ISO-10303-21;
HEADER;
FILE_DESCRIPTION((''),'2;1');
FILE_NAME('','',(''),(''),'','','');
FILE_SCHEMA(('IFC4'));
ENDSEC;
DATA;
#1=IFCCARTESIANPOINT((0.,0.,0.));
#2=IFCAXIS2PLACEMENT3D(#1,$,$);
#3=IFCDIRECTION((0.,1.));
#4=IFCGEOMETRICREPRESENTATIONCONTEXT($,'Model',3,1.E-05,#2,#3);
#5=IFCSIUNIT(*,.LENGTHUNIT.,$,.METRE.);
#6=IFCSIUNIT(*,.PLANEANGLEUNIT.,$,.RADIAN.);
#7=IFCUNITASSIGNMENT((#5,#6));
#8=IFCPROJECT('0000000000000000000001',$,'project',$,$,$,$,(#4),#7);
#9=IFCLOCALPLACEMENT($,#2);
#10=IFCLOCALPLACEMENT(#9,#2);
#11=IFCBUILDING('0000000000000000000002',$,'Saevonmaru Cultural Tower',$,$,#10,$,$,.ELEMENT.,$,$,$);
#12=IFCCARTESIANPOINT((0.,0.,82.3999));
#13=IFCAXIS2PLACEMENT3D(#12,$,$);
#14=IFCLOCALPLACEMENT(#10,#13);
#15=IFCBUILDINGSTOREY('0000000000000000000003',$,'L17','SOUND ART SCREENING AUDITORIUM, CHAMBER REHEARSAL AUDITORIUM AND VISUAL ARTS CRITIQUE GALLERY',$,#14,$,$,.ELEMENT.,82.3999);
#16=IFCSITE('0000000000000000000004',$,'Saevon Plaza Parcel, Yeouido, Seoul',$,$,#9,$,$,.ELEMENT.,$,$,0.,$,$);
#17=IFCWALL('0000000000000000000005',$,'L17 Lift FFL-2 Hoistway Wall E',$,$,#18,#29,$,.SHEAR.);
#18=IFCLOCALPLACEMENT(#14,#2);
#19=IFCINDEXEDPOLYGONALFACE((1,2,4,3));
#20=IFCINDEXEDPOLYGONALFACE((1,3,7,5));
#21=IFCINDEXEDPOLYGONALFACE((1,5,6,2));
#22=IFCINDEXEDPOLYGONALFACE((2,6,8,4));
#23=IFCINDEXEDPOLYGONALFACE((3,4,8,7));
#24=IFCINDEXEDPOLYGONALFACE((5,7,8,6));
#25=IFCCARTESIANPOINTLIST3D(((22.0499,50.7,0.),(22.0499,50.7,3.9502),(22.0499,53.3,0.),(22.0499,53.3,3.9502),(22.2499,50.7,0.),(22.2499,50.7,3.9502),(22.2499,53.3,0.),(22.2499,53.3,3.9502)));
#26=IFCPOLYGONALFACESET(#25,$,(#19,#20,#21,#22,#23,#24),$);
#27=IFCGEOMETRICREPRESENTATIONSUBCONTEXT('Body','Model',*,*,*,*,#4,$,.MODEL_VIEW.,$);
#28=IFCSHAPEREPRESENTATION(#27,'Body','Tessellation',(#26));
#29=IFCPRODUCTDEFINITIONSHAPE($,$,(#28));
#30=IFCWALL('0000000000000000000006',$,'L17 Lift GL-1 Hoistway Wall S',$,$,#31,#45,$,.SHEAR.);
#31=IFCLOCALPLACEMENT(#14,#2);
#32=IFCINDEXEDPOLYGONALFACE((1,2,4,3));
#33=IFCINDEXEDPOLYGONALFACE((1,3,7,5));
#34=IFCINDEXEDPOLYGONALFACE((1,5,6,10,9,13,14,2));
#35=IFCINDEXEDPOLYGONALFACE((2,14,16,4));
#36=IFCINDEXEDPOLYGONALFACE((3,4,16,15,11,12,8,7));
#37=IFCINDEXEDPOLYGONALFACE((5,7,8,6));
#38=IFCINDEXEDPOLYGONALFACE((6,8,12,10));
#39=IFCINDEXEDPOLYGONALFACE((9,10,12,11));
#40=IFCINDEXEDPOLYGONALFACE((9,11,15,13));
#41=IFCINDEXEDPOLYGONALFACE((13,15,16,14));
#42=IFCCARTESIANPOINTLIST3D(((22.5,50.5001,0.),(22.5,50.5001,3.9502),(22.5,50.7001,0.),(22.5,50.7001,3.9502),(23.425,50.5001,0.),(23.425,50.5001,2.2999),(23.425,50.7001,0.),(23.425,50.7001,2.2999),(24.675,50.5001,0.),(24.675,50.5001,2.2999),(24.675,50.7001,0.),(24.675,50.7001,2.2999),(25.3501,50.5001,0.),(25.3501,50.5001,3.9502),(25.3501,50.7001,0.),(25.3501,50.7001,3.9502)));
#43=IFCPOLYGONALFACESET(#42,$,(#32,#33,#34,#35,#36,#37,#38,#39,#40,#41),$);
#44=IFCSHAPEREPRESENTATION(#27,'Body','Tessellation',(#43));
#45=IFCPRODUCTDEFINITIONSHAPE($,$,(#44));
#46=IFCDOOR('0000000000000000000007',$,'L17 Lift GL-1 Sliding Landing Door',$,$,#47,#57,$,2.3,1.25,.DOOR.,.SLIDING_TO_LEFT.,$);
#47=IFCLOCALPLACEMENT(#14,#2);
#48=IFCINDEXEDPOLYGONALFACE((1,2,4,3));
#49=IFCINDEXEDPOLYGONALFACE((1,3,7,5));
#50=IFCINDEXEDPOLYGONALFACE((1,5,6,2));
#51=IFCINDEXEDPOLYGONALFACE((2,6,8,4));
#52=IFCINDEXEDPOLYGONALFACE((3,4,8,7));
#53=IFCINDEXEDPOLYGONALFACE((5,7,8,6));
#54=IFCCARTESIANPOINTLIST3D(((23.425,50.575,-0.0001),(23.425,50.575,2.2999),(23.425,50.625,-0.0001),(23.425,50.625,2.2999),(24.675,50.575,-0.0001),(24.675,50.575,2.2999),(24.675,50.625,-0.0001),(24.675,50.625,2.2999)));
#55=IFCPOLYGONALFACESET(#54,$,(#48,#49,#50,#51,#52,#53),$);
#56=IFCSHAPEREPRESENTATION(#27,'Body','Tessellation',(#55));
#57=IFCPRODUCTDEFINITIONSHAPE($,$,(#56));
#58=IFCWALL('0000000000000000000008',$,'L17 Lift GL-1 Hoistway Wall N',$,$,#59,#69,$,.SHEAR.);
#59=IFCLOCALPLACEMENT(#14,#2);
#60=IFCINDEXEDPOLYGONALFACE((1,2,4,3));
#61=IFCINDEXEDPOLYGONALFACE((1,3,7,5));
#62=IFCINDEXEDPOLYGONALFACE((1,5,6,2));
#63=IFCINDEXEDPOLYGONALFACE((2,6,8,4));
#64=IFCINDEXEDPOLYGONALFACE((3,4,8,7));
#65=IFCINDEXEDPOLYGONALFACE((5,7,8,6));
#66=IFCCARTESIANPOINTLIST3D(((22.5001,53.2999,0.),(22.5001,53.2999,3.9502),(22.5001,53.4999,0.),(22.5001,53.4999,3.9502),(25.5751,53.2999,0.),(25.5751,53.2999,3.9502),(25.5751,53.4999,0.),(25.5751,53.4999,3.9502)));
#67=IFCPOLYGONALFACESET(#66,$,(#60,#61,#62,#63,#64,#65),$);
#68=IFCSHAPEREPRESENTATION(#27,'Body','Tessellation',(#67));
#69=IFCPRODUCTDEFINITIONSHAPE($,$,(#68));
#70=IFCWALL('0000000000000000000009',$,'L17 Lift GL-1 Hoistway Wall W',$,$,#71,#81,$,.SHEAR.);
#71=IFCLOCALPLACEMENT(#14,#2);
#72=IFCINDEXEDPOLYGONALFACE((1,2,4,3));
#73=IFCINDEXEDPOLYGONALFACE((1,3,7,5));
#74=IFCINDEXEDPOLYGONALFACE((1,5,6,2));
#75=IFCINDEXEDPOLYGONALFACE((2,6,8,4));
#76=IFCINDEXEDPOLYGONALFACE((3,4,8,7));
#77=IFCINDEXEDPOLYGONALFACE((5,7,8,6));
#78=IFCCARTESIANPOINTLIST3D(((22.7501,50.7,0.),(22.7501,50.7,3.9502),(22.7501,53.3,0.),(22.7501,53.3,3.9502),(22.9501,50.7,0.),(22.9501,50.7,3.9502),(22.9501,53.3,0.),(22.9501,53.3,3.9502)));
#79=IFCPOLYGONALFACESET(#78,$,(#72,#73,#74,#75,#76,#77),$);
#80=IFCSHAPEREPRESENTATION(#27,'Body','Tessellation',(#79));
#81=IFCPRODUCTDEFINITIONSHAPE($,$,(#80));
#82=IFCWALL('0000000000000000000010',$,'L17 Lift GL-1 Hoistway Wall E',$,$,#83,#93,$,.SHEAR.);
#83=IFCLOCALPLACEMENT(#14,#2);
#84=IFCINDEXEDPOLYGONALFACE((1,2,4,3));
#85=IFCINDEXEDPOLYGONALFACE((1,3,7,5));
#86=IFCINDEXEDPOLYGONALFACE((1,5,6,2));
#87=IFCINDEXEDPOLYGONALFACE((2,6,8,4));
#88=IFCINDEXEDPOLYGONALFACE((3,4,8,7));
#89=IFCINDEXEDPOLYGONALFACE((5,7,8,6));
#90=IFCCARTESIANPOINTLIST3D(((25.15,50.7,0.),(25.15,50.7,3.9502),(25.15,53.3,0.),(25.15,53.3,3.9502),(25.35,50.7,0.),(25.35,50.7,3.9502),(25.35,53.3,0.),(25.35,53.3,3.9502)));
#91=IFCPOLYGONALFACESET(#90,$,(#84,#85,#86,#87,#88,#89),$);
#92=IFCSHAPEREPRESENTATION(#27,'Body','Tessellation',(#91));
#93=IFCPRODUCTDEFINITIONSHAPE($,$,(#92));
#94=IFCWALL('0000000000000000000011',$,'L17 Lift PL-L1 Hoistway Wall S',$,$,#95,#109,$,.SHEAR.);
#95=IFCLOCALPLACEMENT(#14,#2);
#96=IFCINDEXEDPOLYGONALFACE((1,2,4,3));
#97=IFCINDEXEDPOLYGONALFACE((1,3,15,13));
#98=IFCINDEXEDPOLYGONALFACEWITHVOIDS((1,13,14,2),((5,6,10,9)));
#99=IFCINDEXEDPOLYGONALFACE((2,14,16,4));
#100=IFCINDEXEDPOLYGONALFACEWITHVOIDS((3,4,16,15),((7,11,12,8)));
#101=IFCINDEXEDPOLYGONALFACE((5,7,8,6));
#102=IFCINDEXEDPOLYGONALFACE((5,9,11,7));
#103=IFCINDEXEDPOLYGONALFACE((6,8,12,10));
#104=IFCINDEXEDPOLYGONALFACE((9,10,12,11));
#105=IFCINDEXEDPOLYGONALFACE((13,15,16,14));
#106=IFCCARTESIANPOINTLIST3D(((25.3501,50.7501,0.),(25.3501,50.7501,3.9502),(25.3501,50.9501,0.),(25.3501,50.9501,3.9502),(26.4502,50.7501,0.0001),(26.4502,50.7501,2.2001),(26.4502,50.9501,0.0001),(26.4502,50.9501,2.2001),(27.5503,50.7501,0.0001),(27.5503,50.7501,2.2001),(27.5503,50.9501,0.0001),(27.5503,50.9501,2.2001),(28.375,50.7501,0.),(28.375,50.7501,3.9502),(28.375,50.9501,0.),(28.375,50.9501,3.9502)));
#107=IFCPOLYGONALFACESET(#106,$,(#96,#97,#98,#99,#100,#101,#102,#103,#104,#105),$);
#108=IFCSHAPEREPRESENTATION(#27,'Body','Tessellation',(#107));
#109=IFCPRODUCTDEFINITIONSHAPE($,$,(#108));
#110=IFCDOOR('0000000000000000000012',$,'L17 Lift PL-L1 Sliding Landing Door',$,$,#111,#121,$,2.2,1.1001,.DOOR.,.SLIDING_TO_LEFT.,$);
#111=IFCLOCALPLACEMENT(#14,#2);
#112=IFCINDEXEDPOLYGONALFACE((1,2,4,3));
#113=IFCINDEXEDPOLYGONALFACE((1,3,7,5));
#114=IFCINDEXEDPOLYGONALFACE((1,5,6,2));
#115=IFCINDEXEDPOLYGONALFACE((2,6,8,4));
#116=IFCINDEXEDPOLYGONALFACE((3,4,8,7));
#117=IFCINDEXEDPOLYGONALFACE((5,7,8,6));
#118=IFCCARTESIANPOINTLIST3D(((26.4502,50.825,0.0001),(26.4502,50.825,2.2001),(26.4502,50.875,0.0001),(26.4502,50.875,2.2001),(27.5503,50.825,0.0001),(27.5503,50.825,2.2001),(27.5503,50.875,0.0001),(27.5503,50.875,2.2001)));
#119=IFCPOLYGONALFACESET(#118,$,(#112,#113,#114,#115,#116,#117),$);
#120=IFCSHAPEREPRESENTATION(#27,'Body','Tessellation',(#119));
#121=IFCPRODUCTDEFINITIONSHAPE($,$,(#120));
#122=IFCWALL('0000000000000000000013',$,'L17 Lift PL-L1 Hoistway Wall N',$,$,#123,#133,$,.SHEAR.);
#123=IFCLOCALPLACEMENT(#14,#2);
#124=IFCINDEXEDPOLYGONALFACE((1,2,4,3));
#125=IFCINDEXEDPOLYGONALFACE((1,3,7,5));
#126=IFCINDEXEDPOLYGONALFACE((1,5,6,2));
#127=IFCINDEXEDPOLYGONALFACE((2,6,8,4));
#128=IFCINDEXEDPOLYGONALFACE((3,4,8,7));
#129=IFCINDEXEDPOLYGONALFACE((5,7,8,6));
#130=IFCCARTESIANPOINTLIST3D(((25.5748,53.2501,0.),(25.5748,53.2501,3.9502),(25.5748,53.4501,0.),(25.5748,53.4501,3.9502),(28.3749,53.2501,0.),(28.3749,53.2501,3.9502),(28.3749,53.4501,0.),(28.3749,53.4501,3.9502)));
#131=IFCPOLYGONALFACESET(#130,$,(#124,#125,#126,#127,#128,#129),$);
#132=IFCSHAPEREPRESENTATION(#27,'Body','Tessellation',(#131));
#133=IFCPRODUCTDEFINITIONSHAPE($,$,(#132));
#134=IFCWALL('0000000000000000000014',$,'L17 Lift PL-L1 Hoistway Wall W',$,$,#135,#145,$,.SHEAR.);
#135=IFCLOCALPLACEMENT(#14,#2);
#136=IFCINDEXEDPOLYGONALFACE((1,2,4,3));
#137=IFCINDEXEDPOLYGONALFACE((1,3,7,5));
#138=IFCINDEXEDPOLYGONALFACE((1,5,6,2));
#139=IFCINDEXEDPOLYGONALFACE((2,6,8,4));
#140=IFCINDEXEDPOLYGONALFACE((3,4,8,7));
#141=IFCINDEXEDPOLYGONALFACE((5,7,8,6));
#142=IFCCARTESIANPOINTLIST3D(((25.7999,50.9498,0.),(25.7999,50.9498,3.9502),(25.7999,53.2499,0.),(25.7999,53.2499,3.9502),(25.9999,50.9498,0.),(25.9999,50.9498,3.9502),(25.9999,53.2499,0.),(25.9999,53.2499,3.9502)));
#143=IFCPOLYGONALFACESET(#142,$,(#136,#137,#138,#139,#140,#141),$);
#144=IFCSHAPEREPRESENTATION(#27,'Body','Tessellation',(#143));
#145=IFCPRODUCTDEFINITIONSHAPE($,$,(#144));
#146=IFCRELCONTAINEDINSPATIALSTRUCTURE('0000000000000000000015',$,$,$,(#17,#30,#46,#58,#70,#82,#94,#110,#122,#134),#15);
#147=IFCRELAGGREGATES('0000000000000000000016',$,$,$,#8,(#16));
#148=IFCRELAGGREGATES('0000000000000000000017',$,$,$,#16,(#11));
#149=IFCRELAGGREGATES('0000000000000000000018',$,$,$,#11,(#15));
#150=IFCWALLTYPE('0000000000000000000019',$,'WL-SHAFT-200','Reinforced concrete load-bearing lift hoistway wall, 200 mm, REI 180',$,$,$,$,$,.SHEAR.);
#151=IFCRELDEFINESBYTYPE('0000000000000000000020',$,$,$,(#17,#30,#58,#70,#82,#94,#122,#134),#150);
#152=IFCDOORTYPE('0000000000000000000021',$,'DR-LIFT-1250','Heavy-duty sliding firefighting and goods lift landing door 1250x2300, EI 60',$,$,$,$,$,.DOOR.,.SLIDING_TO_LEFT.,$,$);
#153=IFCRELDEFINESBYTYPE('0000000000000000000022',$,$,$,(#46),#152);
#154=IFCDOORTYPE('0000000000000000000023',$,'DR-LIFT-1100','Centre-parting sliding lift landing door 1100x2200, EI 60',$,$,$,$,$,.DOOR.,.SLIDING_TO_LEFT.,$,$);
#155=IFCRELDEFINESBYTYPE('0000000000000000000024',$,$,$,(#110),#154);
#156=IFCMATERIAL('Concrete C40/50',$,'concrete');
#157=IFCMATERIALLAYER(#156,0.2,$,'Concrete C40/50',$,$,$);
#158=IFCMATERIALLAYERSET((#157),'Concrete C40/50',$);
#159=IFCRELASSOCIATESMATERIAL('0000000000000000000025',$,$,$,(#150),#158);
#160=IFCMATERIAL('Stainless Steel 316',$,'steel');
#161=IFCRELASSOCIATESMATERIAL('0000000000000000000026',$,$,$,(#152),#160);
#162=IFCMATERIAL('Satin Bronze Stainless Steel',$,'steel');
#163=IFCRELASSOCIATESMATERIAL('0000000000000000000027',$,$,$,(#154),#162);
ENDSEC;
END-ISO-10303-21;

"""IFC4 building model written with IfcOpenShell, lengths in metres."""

from ifc_helpers import new_model, si_unit, direction, frame, frame_2d, origin, place, context, subcontext, project, spatial, rectangle, extrude, material, layer, layer_set, type_object, element, fill, save


model = new_model("IFC4")

# Units and contexts
model_context = context("Model", 3, precision=1e-05, world=origin(), true_north=direction((0.0, 1.0)))
body_context = subcontext(model_context, "Body", "Model", "MODEL_VIEW")
ifc_project = project(units=[si_unit("LENGTHUNIT", "METRE"), si_unit("PLANEANGLEUNIT", "RADIAN")], contexts=[model_context])

# Site, building, storey
site_placement = place(None, origin())
site = spatial("IfcSite", under=ifc_project, at=site_placement, Name="Saevon Plaza Parcel, Yeouido, Seoul", CompositionType="ELEMENT", RefElevation=0.0)
building_placement = place(site_placement, origin())
building = spatial("IfcBuilding", under=site, at=building_placement, Name="Saevonmaru Cultural Tower", CompositionType="ELEMENT")
storey_placement = place(building_placement, frame((0.0, 0.0, 82.3999)))
storey = spatial("IfcBuildingStorey", under=building, at=storey_placement, Name="L17", Description="SOUND ART SCREENING AUDITORIUM, CHAMBER REHEARSAL AUDITORIUM AND VISUAL ARTS CRITIQUE GALLERY", CompositionType="ELEMENT", Elevation=82.3999)

# Wall
ifc_material_1 = material(Name="Concrete C40/50", Category="concrete")
ifc_layer_1 = layer(ifc_material_1, 0.2, Name="Concrete C40/50")
ifc_layer_set_1 = layer_set([ifc_layer_1], Name="Concrete C40/50")
wall_type_1 = type_object("IfcWallType", Name="WL-SHAFT-200", Description="Reinforced concrete load-bearing lift hoistway wall, 200 mm, REI 180", PredefinedType="SHEAR", material=ifc_layer_set_1)
for number, where, z_axis, x_axis, name in (
    (1, (22.1499, 50.7, 0.0), (0.0, 0.0, 1.0), (0.0, 1.0, 0.0), "L17 Lift FFL-2 Hoistway Wall E"),
):
    element("IfcWall", number, at=place(storey_placement, frame(where, z_axis=z_axis, x_axis=x_axis)), inside=storey, type_object=wall_type_1, Name=name, PredefinedType="SHEAR", context=body_context, shape_type="SweptSolid", body=[
        extrude(rectangle(XDim=2.6001, YDim=0.2, at=frame_2d((1.3, 0.0))), origin(), (0.0, 0.0, 1.0), 3.9502),
    ])

# Wall, opening, door
wall_1_placement = place(storey_placement, frame((22.5, 50.6001, 0.0), z_axis=(0.0, 0.0, 1.0), x_axis=(1.0, 0.0, 0.0)))
wall_1 = element("IfcWall", 2, at=wall_1_placement, inside=storey, type_object=wall_type_1, Name="L17 Lift GL-1 Hoistway Wall S", PredefinedType="SHEAR", context=body_context, shape_type="SweptSolid", body=[
    extrude(rectangle(XDim=2.8501, YDim=0.2, at=frame_2d((1.425, 0.0))), origin(), (0.0, 0.0, 1.0), 3.9502),
])
opening_1_placement = place(wall_1_placement, frame((0.925, 0.0, 0.0)))
opening_1 = element("IfcOpeningElement", 3, at=opening_1_placement, cuts=wall_1, PredefinedType="OPENING", context=body_context, shape_type="SweptSolid", body=[
    extrude(rectangle(XDim=1.25, YDim=2.3, at=frame_2d((0.625, 1.1499))), frame((0.0, 0.1099, 0.0), z_axis=(0.0, -1.0, 0.0), x_axis=(1.0, 0.0, 0.0)), (0.0, 0.0, 1.0), 0.22),
])
ifc_material_2 = material(Name="Stainless Steel 316", Category="steel")
door_type_1 = type_object("IfcDoorType", Name="DR-LIFT-1250", Description="Heavy-duty sliding firefighting and goods lift landing door 1250x2300, EI 60", OperationType="SLIDING_TO_LEFT", PredefinedType="DOOR", material=ifc_material_2)
door_1_placement = place(opening_1_placement, origin())
door_1 = element("IfcDoor", 4, at=door_1_placement, inside=storey, type_object=door_type_1, Name="L17 Lift GL-1 Sliding Landing Door", OperationType="SLIDING_TO_LEFT", OverallHeight=2.3, OverallWidth=1.25, PredefinedType="DOOR", context=body_context, shape_type="SweptSolid", body=[
    extrude(rectangle(XDim=1.25, YDim=2.3, at=frame_2d((0.625, 1.1499))), frame((0.0, 0.0249, 0.0), z_axis=(0.0, -1.0, 0.0), x_axis=(1.0, 0.0, 0.0)), (0.0, 0.0, 1.0), 0.05),
])
fill(opening_1, door_1)

# Walls
wall_2_placement = place(storey_placement, frame((22.5, 53.3999, 0.0), z_axis=(0.0, 0.0, 1.0), x_axis=(1.0, 0.0, 0.0)))
element("IfcWall", 5, at=wall_2_placement, inside=storey, type_object=wall_type_1, Name="L17 Lift GL-1 Hoistway Wall N", PredefinedType="SHEAR", context=body_context, shape_type="SweptSolid", body=[
    extrude(rectangle(XDim=3.075, YDim=0.2, at=frame_2d((1.5376, 0.0))), origin(), (0.0, 0.0, 1.0), 3.9502),
])
for number, where, z_axis, x_axis, name in (
    (6, (22.8501, 50.7, 0.0), (0.0, 0.0, 1.0), (0.0, 1.0, 0.0), "L17 Lift GL-1 Hoistway Wall W"),
    (7, (25.25, 50.7, 0.0), (0.0, 0.0, 1.0), (0.0, 1.0, 0.0), "L17 Lift GL-1 Hoistway Wall E"),
):
    element("IfcWall", number, at=place(storey_placement, frame(where, z_axis=z_axis, x_axis=x_axis)), inside=storey, type_object=wall_type_1, Name=name, PredefinedType="SHEAR", context=body_context, shape_type="SweptSolid", body=[
        extrude(rectangle(XDim=2.6001, YDim=0.2, at=frame_2d((1.3, 0.0))), origin(), (0.0, 0.0, 1.0), 3.9502),
    ])

# Wall, opening, door
wall_3_placement = place(storey_placement, frame((25.3501, 50.8501, 0.0), z_axis=(0.0, 0.0, 1.0), x_axis=(1.0, 0.0, 0.0)))
wall_3 = element("IfcWall", 8, at=wall_3_placement, inside=storey, type_object=wall_type_1, Name="L17 Lift PL-L1 Hoistway Wall S", PredefinedType="SHEAR", context=body_context, shape_type="SweptSolid", body=[
    extrude(rectangle(XDim=3.0249, YDim=0.2, at=frame_2d((1.5125, 0.0))), origin(), (0.0, 0.0, 1.0), 3.9502),
])
opening_2_placement = place(wall_3_placement, frame((1.1001, 0.0, 0.0)))
opening_2 = element("IfcOpeningElement", 9, at=opening_2_placement, cuts=wall_3, PredefinedType="OPENING", context=body_context, shape_type="SweptSolid", body=[
    extrude(rectangle(XDim=1.1001, YDim=2.2, at=frame_2d((0.55, 1.1001))), frame((0.0, 0.1099, 0.0), z_axis=(0.0, -1.0, 0.0), x_axis=(1.0, 0.0, 0.0)), (0.0, 0.0, 1.0), 0.22),
])
ifc_material_3 = material(Name="Satin Bronze Stainless Steel", Category="steel")
door_type_2 = type_object("IfcDoorType", Name="DR-LIFT-1100", Description="Centre-parting sliding lift landing door 1100x2200, EI 60", OperationType="SLIDING_TO_LEFT", PredefinedType="DOOR", material=ifc_material_3)
door_2_placement = place(opening_2_placement, origin())
door_2 = element("IfcDoor", 10, at=door_2_placement, inside=storey, type_object=door_type_2, Name="L17 Lift PL-L1 Sliding Landing Door", OperationType="SLIDING_TO_LEFT", OverallHeight=2.2, OverallWidth=1.1001, PredefinedType="DOOR", context=body_context, shape_type="SweptSolid", body=[
    extrude(rectangle(XDim=1.1001, YDim=2.2, at=frame_2d((0.55, 1.1001))), frame((0.0, 0.0249, 0.0), z_axis=(0.0, -1.0, 0.0), x_axis=(1.0, 0.0, 0.0)), (0.0, 0.0, 1.0), 0.05),
])
fill(opening_2, door_2)

# Walls
wall_4_placement = place(storey_placement, frame((25.575, 53.3501, 0.0), z_axis=(0.0, 0.0, 1.0), x_axis=(1.0, 0.0, 0.0)))
element("IfcWall", 11, at=wall_4_placement, inside=storey, type_object=wall_type_1, Name="L17 Lift PL-L1 Hoistway Wall N", PredefinedType="SHEAR", context=body_context, shape_type="SweptSolid", body=[
    extrude(rectangle(XDim=2.8, YDim=0.2, at=frame_2d((1.3999, 0.0))), origin(), (0.0, 0.0, 1.0), 3.9502),
])
wall_5_placement = place(storey_placement, frame((25.8999, 50.95, 0.0), z_axis=(0.0, 0.0, 1.0), x_axis=(0.0, 1.0, 0.0)))
element("IfcWall", 12, at=wall_5_placement, inside=storey, type_object=wall_type_1, Name="L17 Lift PL-L1 Hoistway Wall W", PredefinedType="SHEAR", context=body_context, shape_type="SweptSolid", body=[
    extrude(rectangle(XDim=2.3, YDim=0.2, at=frame_2d((1.1499, 0.0))), origin(), (0.0, 0.0, 1.0), 3.9502),
])

save(model, "model.ifc")
